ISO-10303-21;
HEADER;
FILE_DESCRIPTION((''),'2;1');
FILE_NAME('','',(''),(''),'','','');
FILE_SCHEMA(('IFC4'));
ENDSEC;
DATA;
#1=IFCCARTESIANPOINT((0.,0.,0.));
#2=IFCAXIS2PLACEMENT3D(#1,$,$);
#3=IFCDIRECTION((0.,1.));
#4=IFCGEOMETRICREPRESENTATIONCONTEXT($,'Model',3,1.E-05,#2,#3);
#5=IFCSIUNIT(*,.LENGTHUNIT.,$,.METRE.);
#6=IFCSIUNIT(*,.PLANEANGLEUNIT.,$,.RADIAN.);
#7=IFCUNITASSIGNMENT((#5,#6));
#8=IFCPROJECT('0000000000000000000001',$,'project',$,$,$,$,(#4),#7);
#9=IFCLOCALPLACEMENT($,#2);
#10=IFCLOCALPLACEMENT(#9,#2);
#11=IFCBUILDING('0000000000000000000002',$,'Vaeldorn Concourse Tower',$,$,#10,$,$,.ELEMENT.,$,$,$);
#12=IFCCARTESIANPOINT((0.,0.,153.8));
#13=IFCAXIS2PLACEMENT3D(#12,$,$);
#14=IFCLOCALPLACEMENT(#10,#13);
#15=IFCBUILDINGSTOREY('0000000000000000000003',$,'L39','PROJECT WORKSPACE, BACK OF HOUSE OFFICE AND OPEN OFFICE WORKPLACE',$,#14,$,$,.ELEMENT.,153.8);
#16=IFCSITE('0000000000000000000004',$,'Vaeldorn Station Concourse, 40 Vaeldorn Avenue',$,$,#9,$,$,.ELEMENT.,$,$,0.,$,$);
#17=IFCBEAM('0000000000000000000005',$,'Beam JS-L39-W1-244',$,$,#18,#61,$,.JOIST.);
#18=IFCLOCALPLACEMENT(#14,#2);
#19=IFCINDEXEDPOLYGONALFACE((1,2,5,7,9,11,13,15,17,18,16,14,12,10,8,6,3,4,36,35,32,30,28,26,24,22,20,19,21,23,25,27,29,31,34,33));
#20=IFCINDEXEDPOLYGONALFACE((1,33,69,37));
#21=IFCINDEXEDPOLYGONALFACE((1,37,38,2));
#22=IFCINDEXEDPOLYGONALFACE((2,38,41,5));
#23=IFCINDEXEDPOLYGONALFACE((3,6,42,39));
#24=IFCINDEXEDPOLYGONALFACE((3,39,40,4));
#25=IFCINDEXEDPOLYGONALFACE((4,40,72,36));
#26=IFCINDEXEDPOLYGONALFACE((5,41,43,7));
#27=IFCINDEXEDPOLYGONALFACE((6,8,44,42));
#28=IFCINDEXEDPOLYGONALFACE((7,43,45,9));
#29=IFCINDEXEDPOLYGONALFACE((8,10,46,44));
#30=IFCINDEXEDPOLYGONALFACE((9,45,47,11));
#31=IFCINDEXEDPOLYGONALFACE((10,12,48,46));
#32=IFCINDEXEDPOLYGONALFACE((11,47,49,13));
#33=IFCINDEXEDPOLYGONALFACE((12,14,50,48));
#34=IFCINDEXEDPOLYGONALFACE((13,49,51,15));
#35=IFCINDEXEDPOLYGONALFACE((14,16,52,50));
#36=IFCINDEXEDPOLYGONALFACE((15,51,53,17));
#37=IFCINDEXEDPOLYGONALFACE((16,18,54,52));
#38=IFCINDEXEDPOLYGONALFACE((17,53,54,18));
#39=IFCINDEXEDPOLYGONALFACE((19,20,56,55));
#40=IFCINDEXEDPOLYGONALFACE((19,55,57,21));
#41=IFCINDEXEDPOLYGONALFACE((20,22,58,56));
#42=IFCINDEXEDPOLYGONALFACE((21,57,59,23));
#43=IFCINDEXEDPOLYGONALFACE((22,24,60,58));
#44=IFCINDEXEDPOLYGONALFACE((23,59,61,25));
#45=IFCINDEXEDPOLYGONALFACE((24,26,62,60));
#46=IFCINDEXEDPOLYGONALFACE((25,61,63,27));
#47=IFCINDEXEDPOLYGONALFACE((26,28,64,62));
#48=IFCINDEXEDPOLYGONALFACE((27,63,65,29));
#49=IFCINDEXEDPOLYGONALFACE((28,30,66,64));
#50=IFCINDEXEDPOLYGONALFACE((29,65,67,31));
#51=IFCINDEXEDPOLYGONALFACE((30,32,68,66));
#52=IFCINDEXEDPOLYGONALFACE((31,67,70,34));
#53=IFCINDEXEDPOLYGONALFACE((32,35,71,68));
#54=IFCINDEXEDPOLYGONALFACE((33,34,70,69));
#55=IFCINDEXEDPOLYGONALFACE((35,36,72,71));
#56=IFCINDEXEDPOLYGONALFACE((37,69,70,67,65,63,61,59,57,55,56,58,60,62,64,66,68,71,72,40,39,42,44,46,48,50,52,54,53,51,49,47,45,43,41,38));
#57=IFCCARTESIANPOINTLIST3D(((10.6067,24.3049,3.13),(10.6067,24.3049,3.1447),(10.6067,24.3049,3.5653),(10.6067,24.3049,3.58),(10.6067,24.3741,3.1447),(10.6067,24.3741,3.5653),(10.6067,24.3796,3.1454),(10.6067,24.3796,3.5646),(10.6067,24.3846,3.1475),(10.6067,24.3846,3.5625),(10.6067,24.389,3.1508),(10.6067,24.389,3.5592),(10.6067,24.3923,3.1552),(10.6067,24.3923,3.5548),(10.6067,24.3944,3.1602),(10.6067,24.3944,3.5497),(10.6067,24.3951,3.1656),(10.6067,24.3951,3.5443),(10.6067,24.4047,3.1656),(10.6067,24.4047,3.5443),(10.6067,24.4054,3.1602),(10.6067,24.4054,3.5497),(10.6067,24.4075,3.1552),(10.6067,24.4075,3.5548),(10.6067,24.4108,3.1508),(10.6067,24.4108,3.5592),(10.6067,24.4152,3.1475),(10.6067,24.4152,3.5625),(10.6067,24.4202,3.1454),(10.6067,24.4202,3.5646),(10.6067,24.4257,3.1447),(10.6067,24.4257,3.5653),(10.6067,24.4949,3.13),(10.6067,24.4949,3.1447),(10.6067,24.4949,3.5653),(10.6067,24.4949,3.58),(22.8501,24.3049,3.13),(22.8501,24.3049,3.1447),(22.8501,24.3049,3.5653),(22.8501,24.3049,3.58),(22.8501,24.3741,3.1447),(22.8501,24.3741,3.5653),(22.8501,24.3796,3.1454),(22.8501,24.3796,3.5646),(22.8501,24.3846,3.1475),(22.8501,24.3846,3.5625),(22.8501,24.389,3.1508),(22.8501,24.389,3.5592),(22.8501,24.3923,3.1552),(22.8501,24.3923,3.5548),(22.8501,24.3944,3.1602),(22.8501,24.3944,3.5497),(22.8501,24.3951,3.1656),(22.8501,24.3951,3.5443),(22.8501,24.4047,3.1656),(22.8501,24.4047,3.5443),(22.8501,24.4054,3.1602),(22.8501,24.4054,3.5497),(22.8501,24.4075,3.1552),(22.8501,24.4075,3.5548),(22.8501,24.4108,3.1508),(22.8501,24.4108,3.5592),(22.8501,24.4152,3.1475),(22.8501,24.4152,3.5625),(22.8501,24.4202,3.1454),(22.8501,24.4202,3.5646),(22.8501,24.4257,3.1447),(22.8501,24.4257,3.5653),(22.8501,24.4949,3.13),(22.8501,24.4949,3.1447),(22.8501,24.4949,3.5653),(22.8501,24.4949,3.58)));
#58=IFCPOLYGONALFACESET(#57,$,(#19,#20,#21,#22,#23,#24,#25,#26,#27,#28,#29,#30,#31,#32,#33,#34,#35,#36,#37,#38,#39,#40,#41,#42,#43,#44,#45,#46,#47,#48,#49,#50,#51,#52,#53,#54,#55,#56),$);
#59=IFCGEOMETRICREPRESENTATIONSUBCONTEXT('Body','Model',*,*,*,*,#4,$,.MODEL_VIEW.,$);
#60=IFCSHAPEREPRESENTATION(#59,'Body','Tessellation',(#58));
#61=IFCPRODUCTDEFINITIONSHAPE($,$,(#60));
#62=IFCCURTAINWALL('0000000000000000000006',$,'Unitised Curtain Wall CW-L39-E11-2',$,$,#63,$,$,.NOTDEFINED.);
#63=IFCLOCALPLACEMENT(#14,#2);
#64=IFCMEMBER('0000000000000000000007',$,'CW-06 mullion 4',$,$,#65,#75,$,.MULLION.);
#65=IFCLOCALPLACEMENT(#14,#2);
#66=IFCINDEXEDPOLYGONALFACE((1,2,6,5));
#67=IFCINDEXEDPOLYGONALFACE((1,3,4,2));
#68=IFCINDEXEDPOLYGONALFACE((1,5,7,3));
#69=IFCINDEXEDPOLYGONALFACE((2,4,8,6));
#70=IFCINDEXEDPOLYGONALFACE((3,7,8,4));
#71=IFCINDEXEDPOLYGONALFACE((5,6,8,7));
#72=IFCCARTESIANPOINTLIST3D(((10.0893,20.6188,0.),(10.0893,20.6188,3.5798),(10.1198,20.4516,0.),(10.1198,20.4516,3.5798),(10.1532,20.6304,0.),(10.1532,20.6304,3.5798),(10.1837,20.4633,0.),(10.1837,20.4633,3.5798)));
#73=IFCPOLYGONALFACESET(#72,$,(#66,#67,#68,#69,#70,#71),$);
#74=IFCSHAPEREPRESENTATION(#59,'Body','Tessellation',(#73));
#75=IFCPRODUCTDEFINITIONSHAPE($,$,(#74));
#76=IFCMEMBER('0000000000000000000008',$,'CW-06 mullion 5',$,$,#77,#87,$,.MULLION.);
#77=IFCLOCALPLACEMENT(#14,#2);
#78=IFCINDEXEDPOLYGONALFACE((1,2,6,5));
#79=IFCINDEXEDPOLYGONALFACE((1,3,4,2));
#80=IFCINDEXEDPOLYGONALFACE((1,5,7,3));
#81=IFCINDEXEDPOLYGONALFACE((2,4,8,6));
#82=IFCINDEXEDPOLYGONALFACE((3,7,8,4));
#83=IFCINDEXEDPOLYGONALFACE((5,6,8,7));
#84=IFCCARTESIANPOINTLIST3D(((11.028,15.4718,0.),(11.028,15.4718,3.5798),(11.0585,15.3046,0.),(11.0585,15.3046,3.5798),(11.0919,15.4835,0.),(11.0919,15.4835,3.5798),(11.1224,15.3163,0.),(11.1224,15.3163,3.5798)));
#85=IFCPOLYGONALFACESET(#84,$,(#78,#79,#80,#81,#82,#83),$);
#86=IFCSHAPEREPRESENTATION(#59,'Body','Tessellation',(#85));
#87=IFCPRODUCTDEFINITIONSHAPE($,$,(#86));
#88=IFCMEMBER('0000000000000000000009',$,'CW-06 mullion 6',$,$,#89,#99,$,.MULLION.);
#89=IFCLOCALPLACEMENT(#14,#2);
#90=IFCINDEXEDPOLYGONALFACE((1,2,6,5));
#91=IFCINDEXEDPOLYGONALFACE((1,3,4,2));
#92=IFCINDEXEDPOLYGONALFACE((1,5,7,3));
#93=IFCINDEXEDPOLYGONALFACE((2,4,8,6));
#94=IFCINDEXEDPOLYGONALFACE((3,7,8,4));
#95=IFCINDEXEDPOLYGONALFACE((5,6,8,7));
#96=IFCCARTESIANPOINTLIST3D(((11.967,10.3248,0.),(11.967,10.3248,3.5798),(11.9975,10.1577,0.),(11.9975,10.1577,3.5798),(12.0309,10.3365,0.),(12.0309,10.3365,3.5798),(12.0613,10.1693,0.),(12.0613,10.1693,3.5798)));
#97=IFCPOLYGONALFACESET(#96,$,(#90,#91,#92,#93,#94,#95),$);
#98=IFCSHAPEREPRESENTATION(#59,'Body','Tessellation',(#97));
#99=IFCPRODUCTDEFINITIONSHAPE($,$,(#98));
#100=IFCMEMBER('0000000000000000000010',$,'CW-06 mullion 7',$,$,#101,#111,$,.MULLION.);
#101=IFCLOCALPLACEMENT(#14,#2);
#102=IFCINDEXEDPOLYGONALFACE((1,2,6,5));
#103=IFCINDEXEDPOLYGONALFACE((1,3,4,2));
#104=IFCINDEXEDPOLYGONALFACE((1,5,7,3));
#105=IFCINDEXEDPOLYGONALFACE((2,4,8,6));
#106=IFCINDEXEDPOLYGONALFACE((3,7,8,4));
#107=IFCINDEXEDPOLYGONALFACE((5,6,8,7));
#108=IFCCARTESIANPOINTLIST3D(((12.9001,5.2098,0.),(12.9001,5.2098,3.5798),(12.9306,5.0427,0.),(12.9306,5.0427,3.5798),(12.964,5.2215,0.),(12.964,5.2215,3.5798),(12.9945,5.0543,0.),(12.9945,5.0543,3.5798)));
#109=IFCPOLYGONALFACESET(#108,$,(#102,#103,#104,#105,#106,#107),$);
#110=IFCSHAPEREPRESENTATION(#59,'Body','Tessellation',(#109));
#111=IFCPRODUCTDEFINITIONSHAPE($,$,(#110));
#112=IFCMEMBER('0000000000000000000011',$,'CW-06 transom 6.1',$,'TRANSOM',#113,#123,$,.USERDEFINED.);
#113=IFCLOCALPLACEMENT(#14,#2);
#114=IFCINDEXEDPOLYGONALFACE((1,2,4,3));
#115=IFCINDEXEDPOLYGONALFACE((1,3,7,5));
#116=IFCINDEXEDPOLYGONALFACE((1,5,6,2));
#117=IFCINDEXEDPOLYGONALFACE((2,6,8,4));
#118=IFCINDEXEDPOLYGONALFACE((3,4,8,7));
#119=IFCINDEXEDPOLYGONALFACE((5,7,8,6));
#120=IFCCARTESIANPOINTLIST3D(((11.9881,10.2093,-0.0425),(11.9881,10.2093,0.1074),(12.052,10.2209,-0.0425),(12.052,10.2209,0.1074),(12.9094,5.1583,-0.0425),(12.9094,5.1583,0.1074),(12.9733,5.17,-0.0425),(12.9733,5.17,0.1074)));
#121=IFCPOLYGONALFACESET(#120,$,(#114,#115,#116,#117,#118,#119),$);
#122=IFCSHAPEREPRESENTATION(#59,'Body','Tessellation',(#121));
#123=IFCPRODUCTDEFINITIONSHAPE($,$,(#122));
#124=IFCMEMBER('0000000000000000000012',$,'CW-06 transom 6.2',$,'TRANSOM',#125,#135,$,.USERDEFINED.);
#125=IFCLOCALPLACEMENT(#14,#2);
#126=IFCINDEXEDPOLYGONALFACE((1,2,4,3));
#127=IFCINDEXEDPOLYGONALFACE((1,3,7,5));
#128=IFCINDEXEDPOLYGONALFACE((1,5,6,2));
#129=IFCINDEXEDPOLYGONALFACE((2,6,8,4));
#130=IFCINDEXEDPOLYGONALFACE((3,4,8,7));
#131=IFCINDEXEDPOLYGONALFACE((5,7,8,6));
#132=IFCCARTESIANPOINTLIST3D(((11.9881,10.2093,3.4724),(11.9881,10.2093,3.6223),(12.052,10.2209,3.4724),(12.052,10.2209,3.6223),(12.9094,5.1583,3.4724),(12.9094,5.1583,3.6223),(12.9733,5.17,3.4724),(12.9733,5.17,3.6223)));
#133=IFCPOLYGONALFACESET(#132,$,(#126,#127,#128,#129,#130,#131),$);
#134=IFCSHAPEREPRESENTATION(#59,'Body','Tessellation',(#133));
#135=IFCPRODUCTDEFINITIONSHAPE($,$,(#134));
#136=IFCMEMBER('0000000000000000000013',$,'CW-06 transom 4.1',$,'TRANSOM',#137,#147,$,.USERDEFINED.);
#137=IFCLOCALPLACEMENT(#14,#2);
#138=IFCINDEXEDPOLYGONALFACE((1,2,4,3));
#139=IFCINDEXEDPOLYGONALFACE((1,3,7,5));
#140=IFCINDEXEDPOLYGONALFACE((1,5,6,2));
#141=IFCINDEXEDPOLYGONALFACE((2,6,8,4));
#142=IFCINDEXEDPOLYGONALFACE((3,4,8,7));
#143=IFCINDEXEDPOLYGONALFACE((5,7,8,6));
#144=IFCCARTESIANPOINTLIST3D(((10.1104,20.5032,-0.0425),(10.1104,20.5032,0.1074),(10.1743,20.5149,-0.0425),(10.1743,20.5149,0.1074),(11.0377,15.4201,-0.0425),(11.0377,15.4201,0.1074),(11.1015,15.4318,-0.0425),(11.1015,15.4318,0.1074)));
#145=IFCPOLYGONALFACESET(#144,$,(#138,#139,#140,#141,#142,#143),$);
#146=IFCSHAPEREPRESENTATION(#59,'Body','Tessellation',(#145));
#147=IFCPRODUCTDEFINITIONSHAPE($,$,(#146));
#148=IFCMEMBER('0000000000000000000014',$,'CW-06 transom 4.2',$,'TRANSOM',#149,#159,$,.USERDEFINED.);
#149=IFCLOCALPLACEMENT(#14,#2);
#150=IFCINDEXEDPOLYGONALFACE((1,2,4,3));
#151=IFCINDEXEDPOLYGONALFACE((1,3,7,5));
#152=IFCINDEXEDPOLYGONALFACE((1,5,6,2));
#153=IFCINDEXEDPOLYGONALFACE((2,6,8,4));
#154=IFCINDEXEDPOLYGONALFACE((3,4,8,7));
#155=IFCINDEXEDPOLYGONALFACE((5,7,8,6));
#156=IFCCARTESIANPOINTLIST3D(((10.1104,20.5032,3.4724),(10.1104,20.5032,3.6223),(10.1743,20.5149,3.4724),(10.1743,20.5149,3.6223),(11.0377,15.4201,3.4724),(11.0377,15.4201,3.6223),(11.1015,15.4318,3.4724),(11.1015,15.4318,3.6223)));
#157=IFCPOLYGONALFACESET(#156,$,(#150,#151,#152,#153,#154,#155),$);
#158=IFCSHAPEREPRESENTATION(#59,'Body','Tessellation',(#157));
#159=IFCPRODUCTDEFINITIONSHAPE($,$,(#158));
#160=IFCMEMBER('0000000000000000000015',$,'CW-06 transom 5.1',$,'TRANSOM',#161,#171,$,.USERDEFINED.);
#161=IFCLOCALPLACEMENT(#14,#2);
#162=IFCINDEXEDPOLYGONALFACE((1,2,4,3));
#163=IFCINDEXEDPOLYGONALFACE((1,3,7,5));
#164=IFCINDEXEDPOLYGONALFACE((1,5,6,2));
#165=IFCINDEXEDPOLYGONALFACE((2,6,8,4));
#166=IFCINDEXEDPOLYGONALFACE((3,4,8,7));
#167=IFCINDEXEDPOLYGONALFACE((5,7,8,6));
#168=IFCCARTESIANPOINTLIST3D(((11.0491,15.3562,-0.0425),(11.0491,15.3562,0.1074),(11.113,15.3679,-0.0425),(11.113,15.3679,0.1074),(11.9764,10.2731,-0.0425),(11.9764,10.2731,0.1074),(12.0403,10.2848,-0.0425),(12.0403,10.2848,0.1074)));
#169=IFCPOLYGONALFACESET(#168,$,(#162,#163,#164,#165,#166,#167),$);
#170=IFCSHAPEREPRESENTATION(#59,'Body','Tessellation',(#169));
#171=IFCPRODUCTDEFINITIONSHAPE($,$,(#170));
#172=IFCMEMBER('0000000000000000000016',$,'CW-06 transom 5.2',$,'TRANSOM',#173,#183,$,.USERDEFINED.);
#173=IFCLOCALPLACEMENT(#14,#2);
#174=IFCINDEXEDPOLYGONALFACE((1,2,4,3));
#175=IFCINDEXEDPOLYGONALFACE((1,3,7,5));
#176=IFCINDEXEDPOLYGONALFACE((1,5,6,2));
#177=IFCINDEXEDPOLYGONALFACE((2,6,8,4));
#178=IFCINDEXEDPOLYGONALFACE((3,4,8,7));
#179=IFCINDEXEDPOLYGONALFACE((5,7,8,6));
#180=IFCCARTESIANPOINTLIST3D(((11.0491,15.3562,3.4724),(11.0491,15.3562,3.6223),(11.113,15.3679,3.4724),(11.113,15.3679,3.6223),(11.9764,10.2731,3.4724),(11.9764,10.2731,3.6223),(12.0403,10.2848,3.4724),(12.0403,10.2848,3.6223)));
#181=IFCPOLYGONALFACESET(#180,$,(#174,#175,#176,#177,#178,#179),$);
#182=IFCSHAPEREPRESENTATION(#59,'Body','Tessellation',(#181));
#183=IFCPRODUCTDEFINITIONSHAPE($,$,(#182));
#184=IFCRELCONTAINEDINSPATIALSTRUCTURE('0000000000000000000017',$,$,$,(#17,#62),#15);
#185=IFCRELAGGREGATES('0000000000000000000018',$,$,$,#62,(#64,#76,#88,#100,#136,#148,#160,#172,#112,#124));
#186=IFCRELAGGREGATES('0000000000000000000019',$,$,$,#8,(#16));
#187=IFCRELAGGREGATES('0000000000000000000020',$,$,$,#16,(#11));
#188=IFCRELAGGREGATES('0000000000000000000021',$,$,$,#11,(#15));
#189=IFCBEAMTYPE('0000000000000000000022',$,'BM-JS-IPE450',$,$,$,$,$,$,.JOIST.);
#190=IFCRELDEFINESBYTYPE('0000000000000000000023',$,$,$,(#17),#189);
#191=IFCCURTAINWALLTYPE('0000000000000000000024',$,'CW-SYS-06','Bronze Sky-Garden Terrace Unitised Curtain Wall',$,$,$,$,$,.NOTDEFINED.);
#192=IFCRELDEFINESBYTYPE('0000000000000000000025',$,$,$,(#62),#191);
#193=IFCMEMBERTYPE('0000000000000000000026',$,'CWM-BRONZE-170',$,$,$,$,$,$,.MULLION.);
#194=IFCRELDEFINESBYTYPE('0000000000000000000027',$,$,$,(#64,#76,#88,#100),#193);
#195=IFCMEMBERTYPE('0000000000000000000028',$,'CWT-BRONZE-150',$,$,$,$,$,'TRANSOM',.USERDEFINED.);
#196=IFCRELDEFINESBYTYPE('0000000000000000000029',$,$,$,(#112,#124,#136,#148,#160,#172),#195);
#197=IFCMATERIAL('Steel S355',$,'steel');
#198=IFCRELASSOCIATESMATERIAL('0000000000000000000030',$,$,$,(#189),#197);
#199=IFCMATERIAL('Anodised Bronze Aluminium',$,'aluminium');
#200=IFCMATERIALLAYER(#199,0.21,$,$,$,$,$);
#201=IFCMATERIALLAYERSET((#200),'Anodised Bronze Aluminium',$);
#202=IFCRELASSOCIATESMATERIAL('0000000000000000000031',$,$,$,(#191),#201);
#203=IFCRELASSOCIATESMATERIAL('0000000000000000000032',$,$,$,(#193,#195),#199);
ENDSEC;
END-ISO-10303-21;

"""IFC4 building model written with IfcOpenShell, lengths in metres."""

from ifc_helpers import new_model, si_unit, direction, frame, origin, origin_2d, place, context, subcontext, project, spatial, rectangle, i_section, extrude, source, transform, mapped, material, layer, layer_set, material_profile, profile_set, type_object, element, aggregate, save


model = new_model("IFC4")

# Units and contexts
model_context = context("Model", 3, precision=1e-05, world=origin(), true_north=direction((0.0, 1.0)))
body_context = subcontext(model_context, "Body", "Model", "MODEL_VIEW")
ifc_project = project(units=[si_unit("LENGTHUNIT", "METRE"), si_unit("PLANEANGLEUNIT", "RADIAN")], contexts=[model_context])

# Site, building, storey
site_placement = place(None, origin())
site = spatial("IfcSite", under=ifc_project, at=site_placement, Name="Vaeldorn Station Concourse, 40 Vaeldorn Avenue", CompositionType="ELEMENT", RefElevation=0.0)
building_placement = place(site_placement, origin())
building = spatial("IfcBuilding", under=site, at=building_placement, Name="Vaeldorn Concourse Tower", CompositionType="ELEMENT")
storey_placement = place(building_placement, frame((0.0, 0.0, 153.8)))
storey = spatial("IfcBuildingStorey", under=building, at=storey_placement, Name="L39", Description="PROJECT WORKSPACE, BACK OF HOUSE OFFICE AND OPEN OFFICE WORKPLACE", CompositionType="ELEMENT", Elevation=153.8)

# Beam
ifc_material_1 = material(Name="Steel S355", Category="steel")
ifc_material_profile_1 = material_profile(ifc_material_1, i_section(OverallWidth=0.1899, OverallDepth=0.45, WebThickness=0.0095, FlangeThickness=0.0146, FilletRadius=0.021, at=origin_2d()), Name="IPE 450")
ifc_profile_set_1 = profile_set([ifc_material_profile_1], Name="Steel S355")
beam_type_1 = type_object("IfcBeamType", Name="BM-JS-IPE450", PredefinedType="JOIST", material=ifc_profile_set_1)
shared_shape_1 = source(origin(), body_context, "Body", "SweptSolid", [
    extrude(i_section(OverallWidth=0.1899, OverallDepth=0.45, WebThickness=0.0095, FlangeThickness=0.0146, FilletRadius=0.021, at=origin_2d()), origin(), (0.0, 0.0, 1.0), 12.2434),
])
beam_1_placement = place(storey_placement, frame((10.6067, 24.3999, 3.355), z_axis=(1.0, 0.0, 0.0), x_axis=(0.0, 1.0, 0.0)))
element("IfcBeam", 1, at=beam_1_placement, inside=storey, type_object=beam_type_1, Name="Beam JS-L39-W1-244", PredefinedType="JOIST", context=body_context, shape_type="MappedRepresentation", body=[
    mapped(shared_shape_1, transform((0.0, 0.0, 0.0), scale=1.0)),
])

# Curtain wall, members
ifc_material_2 = material(Name="Anodised Bronze Aluminium", Category="aluminium")
ifc_layer_1 = layer(ifc_material_2, 0.21)
ifc_layer_set_1 = layer_set([ifc_layer_1], Name="Anodised Bronze Aluminium")
curtain_wall_type = type_object("IfcCurtainWallType", Name="CW-SYS-06", Description="Bronze Sky-Garden Terrace Unitised Curtain Wall", PredefinedType="NOTDEFINED", material=ifc_layer_set_1)
curtain_wall_placement = place(storey_placement, origin())
curtain_wall = element("IfcCurtainWall", 2, at=curtain_wall_placement, inside=storey, type_object=curtain_wall_type, Name="Unitised Curtain Wall CW-L39-E11-2", PredefinedType="NOTDEFINED")
ifc_material_profile_2 = material_profile(ifc_material_2, rectangle(XDim=0.0649, YDim=0.1699, at=origin_2d()), Name="CWM 65x170")
ifc_profile_set_2 = profile_set([ifc_material_profile_2], Name="Anodised Bronze Aluminium")
member_type_1 = type_object("IfcMemberType", Name="CWM-BRONZE-170", PredefinedType="MULLION", material=ifc_profile_set_2)
shared_shape_2 = source(origin(), body_context, "Body", "SweptSolid", [
    extrude(rectangle(XDim=0.0649, YDim=0.1699, at=origin_2d()), origin(), (0.0, 0.0, 1.0), 3.5798),
])
member_1_placement = place(storey_placement, frame((10.1365, 20.541, 0.0), z_axis=(0.0, 0.0, 1.0), x_axis=(0.983768, 0.179446, 0.0)))
member_1 = element("IfcMember", 3, at=member_1_placement, type_object=member_type_1, Name="CW-06 mullion 4", PredefinedType="MULLION", context=body_context, shape_type="MappedRepresentation", body=[
    mapped(shared_shape_2, transform((0.0, 0.0, 0.0), scale=1.0)),
])
member_2_placement = place(storey_placement, frame((11.0752, 15.394, 0.0), z_axis=(0.0, 0.0, 1.0), x_axis=(0.983768, 0.179446, 0.0)))
member_2 = element("IfcMember", 4, at=member_2_placement, type_object=member_type_1, Name="CW-06 mullion 5", PredefinedType="MULLION", context=body_context, shape_type="MappedRepresentation", body=[
    mapped(shared_shape_2, transform((0.0, 0.0, 0.0), scale=1.0)),
])
member_3_placement = place(storey_placement, frame((12.0142, 10.2471, 0.0), z_axis=(0.0, 0.0, 1.0), x_axis=(0.983768, 0.179446, 0.0)))
member_3 = element("IfcMember", 5, at=member_3_placement, type_object=member_type_1, Name="CW-06 mullion 6", PredefinedType="MULLION", context=body_context, shape_type="MappedRepresentation", body=[
    mapped(shared_shape_2, transform((0.0, 0.0, 0.0), scale=1.0)),
])
member_4_placement = place(storey_placement, frame((12.9473, 5.1321, 0.0), z_axis=(0.0, 0.0, 1.0), x_axis=(0.983768, 0.179446, 0.0)))
member_4 = element("IfcMember", 6, at=member_4_placement, type_object=member_type_1, Name="CW-06 mullion 7", PredefinedType="MULLION", context=body_context, shape_type="MappedRepresentation", body=[
    mapped(shared_shape_2, transform((0.0, 0.0, 0.0), scale=1.0)),
])
ifc_material_profile_3 = material_profile(ifc_material_2, rectangle(XDim=0.0649, YDim=0.1499, at=origin_2d()), Name="CWT 65x150")
ifc_profile_set_3 = profile_set([ifc_material_profile_3], Name="Anodised Bronze Aluminium")
member_type_2 = type_object("IfcMemberType", Name="CWT-BRONZE-150", ElementType="TRANSOM", PredefinedType="USERDEFINED", material=ifc_profile_set_3)
shared_shape_3 = source(origin(), body_context, "Body", "SweptSolid", [
    extrude(rectangle(XDim=0.0649, YDim=0.1499, at=origin_2d()), origin(), (0.0, 0.0, 1.0), 5.1343),
])
member_5_placement = place(storey_placement, frame((12.02, 10.2151, 0.0325), z_axis=(0.179454, -0.983766, 0.0), x_axis=(0.983766, 0.179454, 0.0)))
member_5 = element("IfcMember", 7, at=member_5_placement, type_object=member_type_2, Name="CW-06 transom 6.1", ObjectType="TRANSOM", PredefinedType="USERDEFINED", context=body_context, shape_type="MappedRepresentation", body=[
    mapped(shared_shape_3, transform((0.0, 0.0, 0.0), scale=1.0)),
])
member_6_placement = place(storey_placement, frame((12.02, 10.2151, 3.5474), z_axis=(0.179454, -0.983766, 0.0), x_axis=(0.983766, 0.179454, 0.0)))
member_6 = element("IfcMember", 8, at=member_6_placement, type_object=member_type_2, Name="CW-06 transom 6.2", ObjectType="TRANSOM", PredefinedType="USERDEFINED", context=body_context, shape_type="MappedRepresentation", body=[
    mapped(shared_shape_3, transform((0.0, 0.0, 0.0), scale=1.0)),
])
shared_shape_4 = source(origin(), body_context, "Body", "SweptSolid", [
    extrude(rectangle(XDim=0.0649, YDim=0.1499, at=origin_2d()), origin(), (0.0, 0.0, 1.0), 5.167),
])
member_7_placement = place(storey_placement, frame((10.1423, 20.509, 0.0325), z_axis=(0.179459, -0.983765, 0.0), x_axis=(0.983765, 0.179459, 0.0)))
member_7 = element("IfcMember", 9, at=member_7_placement, type_object=member_type_2, Name="CW-06 transom 4.1", ObjectType="TRANSOM", PredefinedType="USERDEFINED", context=body_context, shape_type="MappedRepresentation", body=[
    mapped(shared_shape_4, transform((0.0, 0.0, 0.0), scale=1.0)),
])
member_8_placement = place(storey_placement, frame((10.1423, 20.509, 3.5474), z_axis=(0.179459, -0.983765, 0.0), x_axis=(0.983765, 0.179459, 0.0)))
member_8 = element("IfcMember", 10, at=member_8_placement, type_object=member_type_2, Name="CW-06 transom 4.2", ObjectType="TRANSOM", PredefinedType="USERDEFINED", context=body_context, shape_type="MappedRepresentation", body=[
    mapped(shared_shape_4, transform((0.0, 0.0, 0.0), scale=1.0)),
])
member_9_placement = place(storey_placement, frame((11.0811, 15.3621, 0.0325), z_axis=(0.179459, -0.983765, 0.0), x_axis=(0.983765, 0.179459, 0.0)))
member_9 = element("IfcMember", 11, at=member_9_placement, type_object=member_type_2, Name="CW-06 transom 5.1", ObjectType="TRANSOM", PredefinedType="USERDEFINED", context=body_context, shape_type="MappedRepresentation", body=[
    mapped(shared_shape_4, transform((0.0, 0.0, 0.0), scale=1.0)),
])
member_10_placement = place(storey_placement, frame((11.0811, 15.3621, 3.5474), z_axis=(0.179459, -0.983765, 0.0), x_axis=(0.983765, 0.179459, 0.0)))
member_10 = element("IfcMember", 12, at=member_10_placement, type_object=member_type_2, Name="CW-06 transom 5.2", ObjectType="TRANSOM", PredefinedType="USERDEFINED", context=body_context, shape_type="MappedRepresentation", body=[
    mapped(shared_shape_4, transform((0.0, 0.0, 0.0), scale=1.0)),
])
aggregate(curtain_wall, [member_1, member_2, member_3, member_4, member_7, member_8, member_9, member_10, member_5, member_6])

save(model, "model.ifc")
